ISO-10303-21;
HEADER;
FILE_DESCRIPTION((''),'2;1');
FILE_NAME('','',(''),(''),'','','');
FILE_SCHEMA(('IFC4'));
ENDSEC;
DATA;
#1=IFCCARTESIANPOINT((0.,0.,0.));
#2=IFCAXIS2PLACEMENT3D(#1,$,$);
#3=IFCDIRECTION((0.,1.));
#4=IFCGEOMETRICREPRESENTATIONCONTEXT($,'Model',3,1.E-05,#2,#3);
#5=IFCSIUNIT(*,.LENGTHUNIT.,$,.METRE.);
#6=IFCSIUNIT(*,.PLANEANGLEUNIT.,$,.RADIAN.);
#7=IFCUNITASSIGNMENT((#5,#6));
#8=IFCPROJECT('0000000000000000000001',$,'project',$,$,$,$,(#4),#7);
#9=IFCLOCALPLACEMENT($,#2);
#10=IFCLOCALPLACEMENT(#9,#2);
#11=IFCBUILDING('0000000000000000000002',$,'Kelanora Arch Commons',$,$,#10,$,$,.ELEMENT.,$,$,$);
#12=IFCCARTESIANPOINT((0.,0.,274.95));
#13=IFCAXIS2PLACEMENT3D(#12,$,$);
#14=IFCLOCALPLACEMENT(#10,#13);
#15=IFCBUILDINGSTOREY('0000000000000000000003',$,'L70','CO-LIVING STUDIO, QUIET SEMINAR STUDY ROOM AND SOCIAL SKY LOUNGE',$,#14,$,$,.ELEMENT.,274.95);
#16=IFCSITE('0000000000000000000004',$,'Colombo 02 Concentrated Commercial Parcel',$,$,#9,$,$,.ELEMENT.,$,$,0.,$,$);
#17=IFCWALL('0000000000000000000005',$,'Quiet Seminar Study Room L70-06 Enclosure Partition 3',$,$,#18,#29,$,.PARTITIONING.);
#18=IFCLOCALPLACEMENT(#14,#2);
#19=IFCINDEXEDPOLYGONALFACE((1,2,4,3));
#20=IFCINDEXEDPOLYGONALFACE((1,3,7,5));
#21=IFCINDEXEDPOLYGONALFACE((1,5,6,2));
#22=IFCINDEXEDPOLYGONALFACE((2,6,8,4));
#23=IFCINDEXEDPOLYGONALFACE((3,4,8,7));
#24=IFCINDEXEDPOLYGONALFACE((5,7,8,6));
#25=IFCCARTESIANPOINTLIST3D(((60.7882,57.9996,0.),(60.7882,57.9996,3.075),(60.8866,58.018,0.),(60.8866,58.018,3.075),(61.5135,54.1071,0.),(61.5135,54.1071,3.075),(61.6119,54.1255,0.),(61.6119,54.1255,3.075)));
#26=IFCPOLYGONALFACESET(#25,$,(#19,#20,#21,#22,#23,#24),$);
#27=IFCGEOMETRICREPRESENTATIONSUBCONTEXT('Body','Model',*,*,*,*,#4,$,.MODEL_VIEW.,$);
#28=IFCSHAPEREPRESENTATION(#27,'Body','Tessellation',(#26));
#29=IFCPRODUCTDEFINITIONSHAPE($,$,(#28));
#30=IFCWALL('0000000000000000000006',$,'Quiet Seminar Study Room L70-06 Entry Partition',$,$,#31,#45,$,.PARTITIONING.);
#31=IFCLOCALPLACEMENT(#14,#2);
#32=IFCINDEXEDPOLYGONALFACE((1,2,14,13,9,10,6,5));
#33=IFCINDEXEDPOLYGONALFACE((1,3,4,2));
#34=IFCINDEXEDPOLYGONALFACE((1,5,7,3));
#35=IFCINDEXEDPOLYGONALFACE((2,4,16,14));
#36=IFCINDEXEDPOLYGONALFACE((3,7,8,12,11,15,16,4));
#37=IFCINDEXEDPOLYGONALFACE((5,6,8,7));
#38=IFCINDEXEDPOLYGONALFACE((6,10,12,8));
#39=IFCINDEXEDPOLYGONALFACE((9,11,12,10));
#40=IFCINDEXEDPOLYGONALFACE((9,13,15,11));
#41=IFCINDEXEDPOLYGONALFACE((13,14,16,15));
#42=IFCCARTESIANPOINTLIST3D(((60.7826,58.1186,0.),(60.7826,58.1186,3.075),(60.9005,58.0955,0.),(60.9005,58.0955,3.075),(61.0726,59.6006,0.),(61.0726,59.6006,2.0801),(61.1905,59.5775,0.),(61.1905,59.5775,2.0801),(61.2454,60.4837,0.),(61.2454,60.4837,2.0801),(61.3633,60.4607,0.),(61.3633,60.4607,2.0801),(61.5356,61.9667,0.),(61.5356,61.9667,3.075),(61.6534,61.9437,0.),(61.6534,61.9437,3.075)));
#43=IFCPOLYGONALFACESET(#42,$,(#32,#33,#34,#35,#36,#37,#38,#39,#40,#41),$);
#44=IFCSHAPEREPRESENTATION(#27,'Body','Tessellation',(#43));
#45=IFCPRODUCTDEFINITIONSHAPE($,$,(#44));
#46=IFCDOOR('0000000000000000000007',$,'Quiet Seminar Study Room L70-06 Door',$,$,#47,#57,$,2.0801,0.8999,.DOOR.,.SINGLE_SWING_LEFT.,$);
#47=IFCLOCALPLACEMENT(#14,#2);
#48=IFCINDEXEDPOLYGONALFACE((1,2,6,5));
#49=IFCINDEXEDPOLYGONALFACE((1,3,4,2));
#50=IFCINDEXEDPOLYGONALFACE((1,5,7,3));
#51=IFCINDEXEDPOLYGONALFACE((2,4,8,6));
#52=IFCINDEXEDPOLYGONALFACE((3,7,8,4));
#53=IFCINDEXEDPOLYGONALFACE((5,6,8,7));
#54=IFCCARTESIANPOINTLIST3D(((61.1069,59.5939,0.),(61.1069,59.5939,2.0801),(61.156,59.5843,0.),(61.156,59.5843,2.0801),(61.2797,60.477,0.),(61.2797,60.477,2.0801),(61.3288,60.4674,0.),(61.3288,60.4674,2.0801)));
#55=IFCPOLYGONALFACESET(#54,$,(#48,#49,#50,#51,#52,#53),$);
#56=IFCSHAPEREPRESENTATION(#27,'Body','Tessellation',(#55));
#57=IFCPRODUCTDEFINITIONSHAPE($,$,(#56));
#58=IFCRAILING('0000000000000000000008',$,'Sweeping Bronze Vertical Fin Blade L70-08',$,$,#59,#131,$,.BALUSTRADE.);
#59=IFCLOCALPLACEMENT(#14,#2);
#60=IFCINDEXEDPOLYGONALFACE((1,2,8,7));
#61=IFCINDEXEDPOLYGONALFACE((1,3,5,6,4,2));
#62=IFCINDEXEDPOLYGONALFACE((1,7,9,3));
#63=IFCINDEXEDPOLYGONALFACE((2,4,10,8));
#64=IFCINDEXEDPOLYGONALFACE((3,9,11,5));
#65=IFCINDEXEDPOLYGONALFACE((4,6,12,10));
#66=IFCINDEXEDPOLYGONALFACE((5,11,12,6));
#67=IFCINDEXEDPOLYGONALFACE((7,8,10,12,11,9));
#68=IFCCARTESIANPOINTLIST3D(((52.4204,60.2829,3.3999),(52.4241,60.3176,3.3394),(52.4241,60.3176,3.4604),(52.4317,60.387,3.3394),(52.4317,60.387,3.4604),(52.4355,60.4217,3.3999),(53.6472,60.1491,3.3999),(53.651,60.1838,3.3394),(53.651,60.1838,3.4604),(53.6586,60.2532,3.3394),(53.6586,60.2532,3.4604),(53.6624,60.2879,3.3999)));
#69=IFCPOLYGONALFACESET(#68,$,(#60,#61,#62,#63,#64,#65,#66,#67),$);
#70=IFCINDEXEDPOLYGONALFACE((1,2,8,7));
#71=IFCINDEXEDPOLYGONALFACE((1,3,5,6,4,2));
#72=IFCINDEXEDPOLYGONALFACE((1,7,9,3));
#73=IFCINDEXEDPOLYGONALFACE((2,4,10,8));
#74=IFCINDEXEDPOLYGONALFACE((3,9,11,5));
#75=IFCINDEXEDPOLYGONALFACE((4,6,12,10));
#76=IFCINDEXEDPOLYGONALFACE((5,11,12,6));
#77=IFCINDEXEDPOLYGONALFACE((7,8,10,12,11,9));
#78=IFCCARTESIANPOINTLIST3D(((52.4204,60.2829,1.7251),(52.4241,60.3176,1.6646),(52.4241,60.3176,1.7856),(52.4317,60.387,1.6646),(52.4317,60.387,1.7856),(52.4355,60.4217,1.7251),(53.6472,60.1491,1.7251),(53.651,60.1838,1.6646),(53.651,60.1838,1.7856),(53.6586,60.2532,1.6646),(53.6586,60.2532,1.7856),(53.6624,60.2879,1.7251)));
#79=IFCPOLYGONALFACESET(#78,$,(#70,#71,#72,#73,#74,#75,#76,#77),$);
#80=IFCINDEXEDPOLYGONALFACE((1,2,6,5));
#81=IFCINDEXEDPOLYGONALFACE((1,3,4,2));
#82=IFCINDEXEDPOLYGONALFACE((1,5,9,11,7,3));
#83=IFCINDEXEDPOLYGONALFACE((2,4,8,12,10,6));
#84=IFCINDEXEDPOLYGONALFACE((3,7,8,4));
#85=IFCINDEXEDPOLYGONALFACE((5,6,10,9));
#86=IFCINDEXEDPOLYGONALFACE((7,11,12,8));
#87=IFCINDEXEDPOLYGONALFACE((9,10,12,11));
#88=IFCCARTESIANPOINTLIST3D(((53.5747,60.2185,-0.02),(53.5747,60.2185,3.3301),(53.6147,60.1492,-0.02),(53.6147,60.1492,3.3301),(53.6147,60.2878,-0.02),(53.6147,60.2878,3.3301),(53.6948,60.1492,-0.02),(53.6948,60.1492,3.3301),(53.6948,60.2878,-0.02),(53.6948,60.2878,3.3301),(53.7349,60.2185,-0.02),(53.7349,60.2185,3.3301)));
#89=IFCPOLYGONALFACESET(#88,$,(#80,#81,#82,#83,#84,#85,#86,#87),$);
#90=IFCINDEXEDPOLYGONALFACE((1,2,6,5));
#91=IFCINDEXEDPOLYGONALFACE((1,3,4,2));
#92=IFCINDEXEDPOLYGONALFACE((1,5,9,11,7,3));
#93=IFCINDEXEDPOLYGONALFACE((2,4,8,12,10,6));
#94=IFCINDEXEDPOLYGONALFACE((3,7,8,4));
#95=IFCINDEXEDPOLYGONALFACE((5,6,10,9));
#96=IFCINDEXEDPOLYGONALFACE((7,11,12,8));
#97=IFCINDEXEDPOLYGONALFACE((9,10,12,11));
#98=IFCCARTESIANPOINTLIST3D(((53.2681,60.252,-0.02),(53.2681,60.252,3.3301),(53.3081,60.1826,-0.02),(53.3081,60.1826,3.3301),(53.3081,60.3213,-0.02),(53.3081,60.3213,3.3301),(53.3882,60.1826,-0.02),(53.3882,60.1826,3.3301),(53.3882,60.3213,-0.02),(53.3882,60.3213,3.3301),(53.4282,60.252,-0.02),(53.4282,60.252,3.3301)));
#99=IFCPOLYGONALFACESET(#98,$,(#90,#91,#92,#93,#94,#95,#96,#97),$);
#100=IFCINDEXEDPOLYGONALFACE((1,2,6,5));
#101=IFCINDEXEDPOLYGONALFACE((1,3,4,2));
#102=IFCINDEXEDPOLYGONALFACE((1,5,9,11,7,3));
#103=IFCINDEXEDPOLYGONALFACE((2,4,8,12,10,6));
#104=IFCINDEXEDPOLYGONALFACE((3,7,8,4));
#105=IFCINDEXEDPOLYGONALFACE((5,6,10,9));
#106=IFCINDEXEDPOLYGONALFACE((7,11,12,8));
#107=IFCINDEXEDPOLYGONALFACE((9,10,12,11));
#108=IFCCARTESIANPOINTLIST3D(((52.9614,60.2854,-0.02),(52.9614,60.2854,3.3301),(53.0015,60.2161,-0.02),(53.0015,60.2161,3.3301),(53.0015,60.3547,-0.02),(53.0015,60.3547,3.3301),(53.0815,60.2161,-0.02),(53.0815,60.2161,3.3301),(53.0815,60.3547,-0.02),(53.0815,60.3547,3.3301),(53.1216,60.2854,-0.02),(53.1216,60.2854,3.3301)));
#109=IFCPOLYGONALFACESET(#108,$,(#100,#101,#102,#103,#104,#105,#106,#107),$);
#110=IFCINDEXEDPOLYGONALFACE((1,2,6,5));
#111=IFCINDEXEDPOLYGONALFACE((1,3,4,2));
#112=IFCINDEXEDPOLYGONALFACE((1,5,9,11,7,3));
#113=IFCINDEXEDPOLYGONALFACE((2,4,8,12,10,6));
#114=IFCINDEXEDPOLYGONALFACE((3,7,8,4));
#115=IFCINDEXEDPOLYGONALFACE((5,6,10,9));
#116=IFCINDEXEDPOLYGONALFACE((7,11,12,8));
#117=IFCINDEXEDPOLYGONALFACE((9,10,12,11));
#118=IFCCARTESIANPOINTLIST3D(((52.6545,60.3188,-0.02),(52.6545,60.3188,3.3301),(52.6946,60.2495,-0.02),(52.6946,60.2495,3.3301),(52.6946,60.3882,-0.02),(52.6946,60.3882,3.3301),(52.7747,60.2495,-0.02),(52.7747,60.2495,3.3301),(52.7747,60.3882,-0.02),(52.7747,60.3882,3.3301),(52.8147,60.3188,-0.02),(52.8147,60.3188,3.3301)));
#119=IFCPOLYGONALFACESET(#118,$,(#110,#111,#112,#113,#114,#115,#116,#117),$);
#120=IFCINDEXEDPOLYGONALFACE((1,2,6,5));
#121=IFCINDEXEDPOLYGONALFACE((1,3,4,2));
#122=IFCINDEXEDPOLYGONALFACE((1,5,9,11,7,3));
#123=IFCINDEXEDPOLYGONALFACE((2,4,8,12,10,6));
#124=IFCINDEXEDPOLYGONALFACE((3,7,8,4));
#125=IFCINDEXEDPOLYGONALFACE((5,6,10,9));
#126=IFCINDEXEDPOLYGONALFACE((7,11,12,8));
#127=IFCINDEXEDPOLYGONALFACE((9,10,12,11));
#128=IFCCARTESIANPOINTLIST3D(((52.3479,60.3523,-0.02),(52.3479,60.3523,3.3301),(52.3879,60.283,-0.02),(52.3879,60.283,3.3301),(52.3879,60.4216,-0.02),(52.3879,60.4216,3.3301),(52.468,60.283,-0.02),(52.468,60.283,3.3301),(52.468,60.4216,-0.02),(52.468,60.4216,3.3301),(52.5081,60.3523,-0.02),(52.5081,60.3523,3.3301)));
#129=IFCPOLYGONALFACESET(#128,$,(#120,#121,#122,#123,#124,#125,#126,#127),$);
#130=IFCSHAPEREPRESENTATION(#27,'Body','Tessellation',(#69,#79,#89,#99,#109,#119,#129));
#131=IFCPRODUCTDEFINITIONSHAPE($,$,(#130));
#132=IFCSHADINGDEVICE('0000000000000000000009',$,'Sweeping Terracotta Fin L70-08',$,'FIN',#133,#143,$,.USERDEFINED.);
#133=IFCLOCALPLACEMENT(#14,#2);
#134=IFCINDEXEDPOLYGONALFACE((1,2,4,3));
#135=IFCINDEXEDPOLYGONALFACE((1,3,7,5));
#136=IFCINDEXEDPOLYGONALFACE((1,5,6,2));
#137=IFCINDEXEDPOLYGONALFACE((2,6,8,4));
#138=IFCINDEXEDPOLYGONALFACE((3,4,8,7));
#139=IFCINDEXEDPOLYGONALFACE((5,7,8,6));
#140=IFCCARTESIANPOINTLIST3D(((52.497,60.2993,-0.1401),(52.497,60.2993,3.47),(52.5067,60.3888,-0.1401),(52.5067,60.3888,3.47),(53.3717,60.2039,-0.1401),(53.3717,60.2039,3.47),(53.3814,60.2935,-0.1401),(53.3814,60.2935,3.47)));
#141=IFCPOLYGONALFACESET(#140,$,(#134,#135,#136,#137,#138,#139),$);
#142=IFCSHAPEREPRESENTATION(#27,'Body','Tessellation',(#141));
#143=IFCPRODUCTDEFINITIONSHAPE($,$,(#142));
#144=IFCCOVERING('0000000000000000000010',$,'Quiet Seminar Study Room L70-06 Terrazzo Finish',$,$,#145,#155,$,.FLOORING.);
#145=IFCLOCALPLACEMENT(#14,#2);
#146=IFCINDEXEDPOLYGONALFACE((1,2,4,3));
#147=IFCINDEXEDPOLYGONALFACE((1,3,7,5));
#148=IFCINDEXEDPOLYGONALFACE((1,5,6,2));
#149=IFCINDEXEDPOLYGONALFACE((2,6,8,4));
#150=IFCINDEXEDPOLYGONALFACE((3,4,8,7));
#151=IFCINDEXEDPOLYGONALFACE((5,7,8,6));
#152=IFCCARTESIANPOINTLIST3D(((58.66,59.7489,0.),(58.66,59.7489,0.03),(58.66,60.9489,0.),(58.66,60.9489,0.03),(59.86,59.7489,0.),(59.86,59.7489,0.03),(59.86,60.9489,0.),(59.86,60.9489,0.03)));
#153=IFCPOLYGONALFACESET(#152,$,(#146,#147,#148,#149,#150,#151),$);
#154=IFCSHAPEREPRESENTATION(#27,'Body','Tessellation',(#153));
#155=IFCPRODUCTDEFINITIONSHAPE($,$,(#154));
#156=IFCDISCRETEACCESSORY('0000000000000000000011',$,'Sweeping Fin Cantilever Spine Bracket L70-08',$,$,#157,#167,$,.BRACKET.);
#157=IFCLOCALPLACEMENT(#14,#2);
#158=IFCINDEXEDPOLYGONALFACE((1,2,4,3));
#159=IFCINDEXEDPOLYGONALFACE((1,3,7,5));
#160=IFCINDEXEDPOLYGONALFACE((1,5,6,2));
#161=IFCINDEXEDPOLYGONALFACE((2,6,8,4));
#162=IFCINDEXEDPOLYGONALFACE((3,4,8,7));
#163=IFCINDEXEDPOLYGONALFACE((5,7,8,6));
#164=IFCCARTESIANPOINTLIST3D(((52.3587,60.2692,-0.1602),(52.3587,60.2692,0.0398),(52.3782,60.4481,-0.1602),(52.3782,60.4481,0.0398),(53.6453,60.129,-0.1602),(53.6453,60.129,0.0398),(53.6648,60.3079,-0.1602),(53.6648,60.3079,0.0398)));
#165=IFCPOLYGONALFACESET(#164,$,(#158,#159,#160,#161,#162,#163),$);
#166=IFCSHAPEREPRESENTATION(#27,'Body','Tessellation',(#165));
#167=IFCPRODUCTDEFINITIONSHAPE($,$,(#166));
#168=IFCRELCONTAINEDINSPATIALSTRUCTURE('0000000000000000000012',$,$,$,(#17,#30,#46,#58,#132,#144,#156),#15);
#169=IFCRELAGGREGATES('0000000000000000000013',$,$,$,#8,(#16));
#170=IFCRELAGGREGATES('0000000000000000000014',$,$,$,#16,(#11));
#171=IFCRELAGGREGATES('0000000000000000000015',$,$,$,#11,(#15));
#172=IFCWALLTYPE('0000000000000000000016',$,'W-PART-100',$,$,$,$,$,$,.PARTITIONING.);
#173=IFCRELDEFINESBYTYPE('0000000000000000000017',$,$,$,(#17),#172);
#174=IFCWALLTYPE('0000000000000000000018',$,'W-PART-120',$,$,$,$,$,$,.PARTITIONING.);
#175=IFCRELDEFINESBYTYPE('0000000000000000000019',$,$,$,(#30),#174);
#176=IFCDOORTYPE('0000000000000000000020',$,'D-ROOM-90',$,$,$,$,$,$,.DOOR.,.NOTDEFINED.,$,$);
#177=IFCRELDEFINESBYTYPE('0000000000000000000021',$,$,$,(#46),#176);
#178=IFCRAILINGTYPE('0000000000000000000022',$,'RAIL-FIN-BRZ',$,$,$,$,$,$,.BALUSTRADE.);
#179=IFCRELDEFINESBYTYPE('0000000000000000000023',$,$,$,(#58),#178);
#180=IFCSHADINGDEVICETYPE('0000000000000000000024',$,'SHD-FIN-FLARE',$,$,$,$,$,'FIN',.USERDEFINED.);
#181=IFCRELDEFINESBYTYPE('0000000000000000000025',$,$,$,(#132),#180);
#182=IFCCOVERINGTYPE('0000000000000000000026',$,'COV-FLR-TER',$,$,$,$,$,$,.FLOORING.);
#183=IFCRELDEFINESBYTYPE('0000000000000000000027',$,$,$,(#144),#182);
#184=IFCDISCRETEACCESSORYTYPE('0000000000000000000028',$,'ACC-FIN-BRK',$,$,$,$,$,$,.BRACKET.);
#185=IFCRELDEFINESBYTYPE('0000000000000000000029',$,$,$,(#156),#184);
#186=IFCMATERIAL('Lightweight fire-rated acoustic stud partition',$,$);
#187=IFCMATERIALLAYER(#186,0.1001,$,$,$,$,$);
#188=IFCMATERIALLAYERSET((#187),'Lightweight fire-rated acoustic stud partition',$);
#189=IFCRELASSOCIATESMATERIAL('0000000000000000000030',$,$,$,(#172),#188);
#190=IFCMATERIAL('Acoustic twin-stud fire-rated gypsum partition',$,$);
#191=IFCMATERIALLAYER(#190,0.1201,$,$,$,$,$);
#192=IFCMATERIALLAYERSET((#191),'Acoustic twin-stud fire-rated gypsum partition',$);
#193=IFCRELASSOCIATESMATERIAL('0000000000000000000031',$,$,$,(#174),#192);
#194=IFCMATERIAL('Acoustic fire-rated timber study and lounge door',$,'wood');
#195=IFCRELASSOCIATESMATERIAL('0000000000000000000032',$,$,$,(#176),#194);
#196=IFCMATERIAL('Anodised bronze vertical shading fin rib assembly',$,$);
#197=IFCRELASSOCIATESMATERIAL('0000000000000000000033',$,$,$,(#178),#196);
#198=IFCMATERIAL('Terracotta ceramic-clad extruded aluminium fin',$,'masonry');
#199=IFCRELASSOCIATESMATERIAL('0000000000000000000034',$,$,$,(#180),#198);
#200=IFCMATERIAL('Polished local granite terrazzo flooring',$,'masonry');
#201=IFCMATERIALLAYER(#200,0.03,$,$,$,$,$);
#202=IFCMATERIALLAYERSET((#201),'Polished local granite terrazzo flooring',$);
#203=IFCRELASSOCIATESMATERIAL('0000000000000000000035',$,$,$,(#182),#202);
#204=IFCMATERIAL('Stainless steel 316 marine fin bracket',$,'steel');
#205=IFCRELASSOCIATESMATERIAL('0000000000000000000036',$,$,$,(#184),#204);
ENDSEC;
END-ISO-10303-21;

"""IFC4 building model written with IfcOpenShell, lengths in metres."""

from ifc_helpers import new_model, si_unit, direction, frame, frame_2d, origin, origin_2d, place, context, subcontext, project, spatial, polyline, rectangle, outline, extrude, source, transform, mapped, material, layer, layer_set, type_object, element, fill, save


model = new_model("IFC4")

# Units and contexts
model_context = context("Model", 3, precision=1e-05, world=origin(), true_north=direction((0.0, 1.0)))
body_context = subcontext(model_context, "Body", "Model", "MODEL_VIEW")
ifc_project = project(units=[si_unit("LENGTHUNIT", "METRE"), si_unit("PLANEANGLEUNIT", "RADIAN")], contexts=[model_context])

# Site, building, storey
site_placement = place(None, origin())
site = spatial("IfcSite", under=ifc_project, at=site_placement, Name="Colombo 02 Concentrated Commercial Parcel", CompositionType="ELEMENT", RefElevation=0.0)
building_placement = place(site_placement, origin())
building = spatial("IfcBuilding", under=site, at=building_placement, Name="Kelanora Arch Commons", CompositionType="ELEMENT")
storey_placement = place(building_placement, frame((0.0, 0.0, 274.95)))
storey = spatial("IfcBuildingStorey", under=building, at=storey_placement, Name="L70", Description="CO-LIVING STUDIO, QUIET SEMINAR STUDY ROOM AND SOCIAL SKY LOUNGE", CompositionType="ELEMENT", Elevation=274.95)

# Wall
ifc_material_1 = material(Name="Lightweight fire-rated acoustic stud partition")
ifc_layer_1 = layer(ifc_material_1, 0.1001)
ifc_layer_set_1 = layer_set([ifc_layer_1], Name="Lightweight fire-rated acoustic stud partition")
wall_type_1 = type_object("IfcWallType", Name="W-PART-100", PredefinedType="PARTITIONING", material=ifc_layer_set_1)
wall_1_placement = place(storey_placement, frame((60.8374, 58.0088, 0.0), z_axis=(0.0, 0.0, 1.0), x_axis=(0.183186, -0.983078, 0.0)))
element("IfcWall", 1, at=wall_1_placement, inside=storey, type_object=wall_type_1, Name="Quiet Seminar Study Room L70-06 Enclosure Partition 3", PredefinedType="PARTITIONING", context=body_context, shape_type="SweptSolid", body=[
    extrude(rectangle(XDim=3.9595, YDim=0.1001, at=frame_2d((1.9797, 0.0))), origin(), (0.0, 0.0, 1.0), 3.075),
])

# Wall, opening, door
ifc_material_2 = material(Name="Acoustic twin-stud fire-rated gypsum partition")
ifc_layer_2 = layer(ifc_material_2, 0.1201)
ifc_layer_set_2 = layer_set([ifc_layer_2], Name="Acoustic twin-stud fire-rated gypsum partition")
wall_type_2 = type_object("IfcWallType", Name="W-PART-120", PredefinedType="PARTITIONING", material=ifc_layer_set_2)
wall_2_placement = place(storey_placement, frame((61.5945, 61.9551, 0.0), z_axis=(0.0, 0.0, 1.0), x_axis=(-0.192019, -0.981391, 0.0)))
wall_2 = element("IfcWall", 2, at=wall_2_placement, inside=storey, type_object=wall_type_2, Name="Quiet Seminar Study Room L70-06 Entry Partition", PredefinedType="PARTITIONING", context=body_context, shape_type="SweptSolid", body=[
    extrude(rectangle(XDim=3.9211, YDim=0.1201, at=frame_2d((1.9604, 0.0))), origin(), (0.0, 0.0, 1.0), 3.075),
])
opening_placement = place(wall_2_placement, frame((1.511, 0.0, 0.0)))
opening = element("IfcOpeningElement", 3, at=opening_placement, cuts=wall_2, PredefinedType="OPENING", context=body_context, shape_type="SweptSolid", body=[
    extrude(rectangle(XDim=0.8999, YDim=2.0801, at=frame_2d((0.45, 1.04))), frame((0.0, 0.0701, 0.0), z_axis=(0.0, -1.0, 0.0), x_axis=(1.0, 0.0, 0.0)), (0.0, 0.0, 1.0), 0.1401),
])
ifc_material_3 = material(Name="Acoustic fire-rated timber study and lounge door", Category="wood")
door_type = type_object("IfcDoorType", Name="D-ROOM-90", OperationType="NOTDEFINED", PredefinedType="DOOR", material=ifc_material_3)
door_placement = place(opening_placement, origin())
door = element("IfcDoor", 4, at=door_placement, inside=storey, type_object=door_type, Name="Quiet Seminar Study Room L70-06 Door", OperationType="SINGLE_SWING_LEFT", OverallHeight=2.0801, OverallWidth=0.8999, PredefinedType="DOOR", context=body_context, shape_type="SweptSolid", body=[
    extrude(rectangle(XDim=0.8999, YDim=2.0801, at=frame_2d((0.45, 1.04))), frame((0.0, 0.0249, 0.0), z_axis=(0.0, -1.0, 0.0), x_axis=(1.0, 0.0, 0.0)), (0.0, 0.0, 1.0), 0.05),
])
fill(opening, door)

# Railing
ifc_material_4 = material(Name="Anodised bronze vertical shading fin rib assembly")
railing_type = type_object("IfcRailingType", Name="RAIL-FIN-BRZ", PredefinedType="BALUSTRADE", material=ifc_material_4)
railing_placement = place(storey_placement, frame((53.6548, 60.2185, -0.02)))
element("IfcRailing", 5, at=railing_placement, inside=storey, type_object=railing_type, Name="Sweeping Bronze Vertical Fin Blade L70-08", PredefinedType="BALUSTRADE", context=body_context, shape_type="SweptSolid", body=[
    extrude(outline(polyline([(0.0698, 0.0), (0.0349, 0.0605), (-0.0349, 0.0605), (-0.0698, 0.0), (-0.0349, -0.0605), (0.0349, -0.0605), (0.0698, 0.0)])), frame((0.0, 0.0, 3.4199), z_axis=(-0.994106, 0.108412, 0.0), x_axis=(-0.108412, -0.994106, 0.0)), (0.0, 0.0, 1.0), 1.2341),
    extrude(outline(polyline([(0.0698, 0.0), (0.0349, 0.0605), (-0.0349, 0.0605), (-0.0698, 0.0), (-0.0349, -0.0605), (0.0349, -0.0605), (0.0698, 0.0)])), frame((0.0, 0.0, 1.7451), z_axis=(-0.994106, 0.108412, 0.0), x_axis=(-0.108412, -0.994106, 0.0)), (0.0, 0.0, 1.0), 1.2341),
    extrude(outline(polyline([(0.0801, 0.0), (0.04, 0.0693), (-0.04, 0.0693), (-0.0801, 0.0), (-0.04, -0.0693), (0.04, -0.0693), (0.0801, 0.0)])), origin(), (0.0, 0.0, 1.0), 3.3501),
    extrude(outline(polyline([(0.0801, 0.0), (0.04, 0.0693), (-0.04, 0.0693), (-0.0801, 0.0), (-0.04, -0.0693), (0.04, -0.0693), (0.0801, 0.0)])), frame((-0.3066, 0.0334, 0.0)), (0.0, 0.0, 1.0), 3.3501),
    extrude(outline(polyline([(0.0801, 0.0), (0.04, 0.0693), (-0.04, 0.0693), (-0.0801, 0.0), (-0.04, -0.0693), (0.04, -0.0693), (0.0801, 0.0)])), frame((-0.6133, 0.0669, 0.0)), (0.0, 0.0, 1.0), 3.3501),
    extrude(outline(polyline([(0.0801, 0.0), (0.04, 0.0693), (-0.04, 0.0693), (-0.0801, 0.0), (-0.04, -0.0693), (0.04, -0.0693), (0.0801, 0.0)])), frame((-0.9202, 0.1003, 0.0)), (0.0, 0.0, 1.0), 3.3501),
    extrude(outline(polyline([(0.0801, 0.0), (0.04, 0.0693), (-0.04, 0.0693), (-0.0801, 0.0), (-0.04, -0.0693), (0.04, -0.0693), (0.0801, 0.0)])), frame((-1.2268, 0.1338, 0.0)), (0.0, 0.0, 1.0), 3.3501),
])

# Shading device
ifc_material_5 = material(Name="Terracotta ceramic-clad extruded aluminium fin", Category="masonry")
shading_device_type = type_object("IfcShadingDeviceType", Name="SHD-FIN-FLARE", ElementType="FIN", PredefinedType="USERDEFINED", material=ifc_material_5)
shared_shape_1 = source(origin(), body_context, "Body", "SweptSolid", [
    extrude(rectangle(XDim=0.8799, YDim=0.0901, at=origin_2d()), origin(), (0.0, 0.0, 1.0), 3.6101),
])
shading_device_placement = place(storey_placement, frame((52.9392, 60.2964, -0.1401), z_axis=(0.0, 0.0, 1.0), x_axis=(-0.994113, 0.108346, 0.0)))
element("IfcShadingDevice", 6, at=shading_device_placement, inside=storey, type_object=shading_device_type, Name="Sweeping Terracotta Fin L70-08", ObjectType="FIN", PredefinedType="USERDEFINED", context=body_context, shape_type="MappedRepresentation", body=[
    mapped(shared_shape_1, transform((0.0, 0.0, 0.0), scale=1.0)),
])

# Covering
ifc_material_6 = material(Name="Polished local granite terrazzo flooring", Category="masonry")
ifc_layer_3 = layer(ifc_material_6, 0.03)
ifc_layer_set_3 = layer_set([ifc_layer_3], Name="Polished local granite terrazzo flooring")
covering_type = type_object("IfcCoveringType", Name="COV-FLR-TER", PredefinedType="FLOORING", material=ifc_layer_set_3)
shared_shape_2 = source(origin(), body_context, "Body", "SweptSolid", [
    extrude(rectangle(XDim=1.2, YDim=1.2, at=origin_2d()), origin(), (0.0, 0.0, 1.0), 0.03),
])
covering_placement = place(storey_placement, frame((59.26, 60.3489, 0.0), z_axis=(0.0, 0.0, 1.0), x_axis=(1.0, 0.0, 0.0)))
element("IfcCovering", 7, at=covering_placement, inside=storey, type_object=covering_type, Name="Quiet Seminar Study Room L70-06 Terrazzo Finish", PredefinedType="FLOORING", context=body_context, shape_type="MappedRepresentation", body=[
    mapped(shared_shape_2, transform((0.0, 0.0, 0.0), scale=1.0)),
])

# Discrete accessory
ifc_material_7 = material(Name="Stainless steel 316 marine fin bracket", Category="steel")
discrete_accessory_type = type_object("IfcDiscreteAccessoryType", Name="ACC-FIN-BRK", PredefinedType="BRACKET", material=ifc_material_7)
shared_shape_3 = source(origin(), body_context, "Body", "SweptSolid", [
    extrude(rectangle(XDim=1.2942, YDim=0.1799, at=origin_2d()), origin(), (0.0, 0.0, 1.0), 0.2),
])
discrete_accessory_placement = place(storey_placement, frame((53.0117, 60.2886, -0.1602), z_axis=(0.0, 0.0, 1.0), x_axis=(-0.994113, 0.108346, 0.0)))
element("IfcDiscreteAccessory", 8, at=discrete_accessory_placement, inside=storey, type_object=discrete_accessory_type, Name="Sweeping Fin Cantilever Spine Bracket L70-08", PredefinedType="BRACKET", context=body_context, shape_type="MappedRepresentation", body=[
    mapped(shared_shape_3, transform((0.0, 0.0, 0.0), scale=1.0)),
])

save(model, "model.ifc")
